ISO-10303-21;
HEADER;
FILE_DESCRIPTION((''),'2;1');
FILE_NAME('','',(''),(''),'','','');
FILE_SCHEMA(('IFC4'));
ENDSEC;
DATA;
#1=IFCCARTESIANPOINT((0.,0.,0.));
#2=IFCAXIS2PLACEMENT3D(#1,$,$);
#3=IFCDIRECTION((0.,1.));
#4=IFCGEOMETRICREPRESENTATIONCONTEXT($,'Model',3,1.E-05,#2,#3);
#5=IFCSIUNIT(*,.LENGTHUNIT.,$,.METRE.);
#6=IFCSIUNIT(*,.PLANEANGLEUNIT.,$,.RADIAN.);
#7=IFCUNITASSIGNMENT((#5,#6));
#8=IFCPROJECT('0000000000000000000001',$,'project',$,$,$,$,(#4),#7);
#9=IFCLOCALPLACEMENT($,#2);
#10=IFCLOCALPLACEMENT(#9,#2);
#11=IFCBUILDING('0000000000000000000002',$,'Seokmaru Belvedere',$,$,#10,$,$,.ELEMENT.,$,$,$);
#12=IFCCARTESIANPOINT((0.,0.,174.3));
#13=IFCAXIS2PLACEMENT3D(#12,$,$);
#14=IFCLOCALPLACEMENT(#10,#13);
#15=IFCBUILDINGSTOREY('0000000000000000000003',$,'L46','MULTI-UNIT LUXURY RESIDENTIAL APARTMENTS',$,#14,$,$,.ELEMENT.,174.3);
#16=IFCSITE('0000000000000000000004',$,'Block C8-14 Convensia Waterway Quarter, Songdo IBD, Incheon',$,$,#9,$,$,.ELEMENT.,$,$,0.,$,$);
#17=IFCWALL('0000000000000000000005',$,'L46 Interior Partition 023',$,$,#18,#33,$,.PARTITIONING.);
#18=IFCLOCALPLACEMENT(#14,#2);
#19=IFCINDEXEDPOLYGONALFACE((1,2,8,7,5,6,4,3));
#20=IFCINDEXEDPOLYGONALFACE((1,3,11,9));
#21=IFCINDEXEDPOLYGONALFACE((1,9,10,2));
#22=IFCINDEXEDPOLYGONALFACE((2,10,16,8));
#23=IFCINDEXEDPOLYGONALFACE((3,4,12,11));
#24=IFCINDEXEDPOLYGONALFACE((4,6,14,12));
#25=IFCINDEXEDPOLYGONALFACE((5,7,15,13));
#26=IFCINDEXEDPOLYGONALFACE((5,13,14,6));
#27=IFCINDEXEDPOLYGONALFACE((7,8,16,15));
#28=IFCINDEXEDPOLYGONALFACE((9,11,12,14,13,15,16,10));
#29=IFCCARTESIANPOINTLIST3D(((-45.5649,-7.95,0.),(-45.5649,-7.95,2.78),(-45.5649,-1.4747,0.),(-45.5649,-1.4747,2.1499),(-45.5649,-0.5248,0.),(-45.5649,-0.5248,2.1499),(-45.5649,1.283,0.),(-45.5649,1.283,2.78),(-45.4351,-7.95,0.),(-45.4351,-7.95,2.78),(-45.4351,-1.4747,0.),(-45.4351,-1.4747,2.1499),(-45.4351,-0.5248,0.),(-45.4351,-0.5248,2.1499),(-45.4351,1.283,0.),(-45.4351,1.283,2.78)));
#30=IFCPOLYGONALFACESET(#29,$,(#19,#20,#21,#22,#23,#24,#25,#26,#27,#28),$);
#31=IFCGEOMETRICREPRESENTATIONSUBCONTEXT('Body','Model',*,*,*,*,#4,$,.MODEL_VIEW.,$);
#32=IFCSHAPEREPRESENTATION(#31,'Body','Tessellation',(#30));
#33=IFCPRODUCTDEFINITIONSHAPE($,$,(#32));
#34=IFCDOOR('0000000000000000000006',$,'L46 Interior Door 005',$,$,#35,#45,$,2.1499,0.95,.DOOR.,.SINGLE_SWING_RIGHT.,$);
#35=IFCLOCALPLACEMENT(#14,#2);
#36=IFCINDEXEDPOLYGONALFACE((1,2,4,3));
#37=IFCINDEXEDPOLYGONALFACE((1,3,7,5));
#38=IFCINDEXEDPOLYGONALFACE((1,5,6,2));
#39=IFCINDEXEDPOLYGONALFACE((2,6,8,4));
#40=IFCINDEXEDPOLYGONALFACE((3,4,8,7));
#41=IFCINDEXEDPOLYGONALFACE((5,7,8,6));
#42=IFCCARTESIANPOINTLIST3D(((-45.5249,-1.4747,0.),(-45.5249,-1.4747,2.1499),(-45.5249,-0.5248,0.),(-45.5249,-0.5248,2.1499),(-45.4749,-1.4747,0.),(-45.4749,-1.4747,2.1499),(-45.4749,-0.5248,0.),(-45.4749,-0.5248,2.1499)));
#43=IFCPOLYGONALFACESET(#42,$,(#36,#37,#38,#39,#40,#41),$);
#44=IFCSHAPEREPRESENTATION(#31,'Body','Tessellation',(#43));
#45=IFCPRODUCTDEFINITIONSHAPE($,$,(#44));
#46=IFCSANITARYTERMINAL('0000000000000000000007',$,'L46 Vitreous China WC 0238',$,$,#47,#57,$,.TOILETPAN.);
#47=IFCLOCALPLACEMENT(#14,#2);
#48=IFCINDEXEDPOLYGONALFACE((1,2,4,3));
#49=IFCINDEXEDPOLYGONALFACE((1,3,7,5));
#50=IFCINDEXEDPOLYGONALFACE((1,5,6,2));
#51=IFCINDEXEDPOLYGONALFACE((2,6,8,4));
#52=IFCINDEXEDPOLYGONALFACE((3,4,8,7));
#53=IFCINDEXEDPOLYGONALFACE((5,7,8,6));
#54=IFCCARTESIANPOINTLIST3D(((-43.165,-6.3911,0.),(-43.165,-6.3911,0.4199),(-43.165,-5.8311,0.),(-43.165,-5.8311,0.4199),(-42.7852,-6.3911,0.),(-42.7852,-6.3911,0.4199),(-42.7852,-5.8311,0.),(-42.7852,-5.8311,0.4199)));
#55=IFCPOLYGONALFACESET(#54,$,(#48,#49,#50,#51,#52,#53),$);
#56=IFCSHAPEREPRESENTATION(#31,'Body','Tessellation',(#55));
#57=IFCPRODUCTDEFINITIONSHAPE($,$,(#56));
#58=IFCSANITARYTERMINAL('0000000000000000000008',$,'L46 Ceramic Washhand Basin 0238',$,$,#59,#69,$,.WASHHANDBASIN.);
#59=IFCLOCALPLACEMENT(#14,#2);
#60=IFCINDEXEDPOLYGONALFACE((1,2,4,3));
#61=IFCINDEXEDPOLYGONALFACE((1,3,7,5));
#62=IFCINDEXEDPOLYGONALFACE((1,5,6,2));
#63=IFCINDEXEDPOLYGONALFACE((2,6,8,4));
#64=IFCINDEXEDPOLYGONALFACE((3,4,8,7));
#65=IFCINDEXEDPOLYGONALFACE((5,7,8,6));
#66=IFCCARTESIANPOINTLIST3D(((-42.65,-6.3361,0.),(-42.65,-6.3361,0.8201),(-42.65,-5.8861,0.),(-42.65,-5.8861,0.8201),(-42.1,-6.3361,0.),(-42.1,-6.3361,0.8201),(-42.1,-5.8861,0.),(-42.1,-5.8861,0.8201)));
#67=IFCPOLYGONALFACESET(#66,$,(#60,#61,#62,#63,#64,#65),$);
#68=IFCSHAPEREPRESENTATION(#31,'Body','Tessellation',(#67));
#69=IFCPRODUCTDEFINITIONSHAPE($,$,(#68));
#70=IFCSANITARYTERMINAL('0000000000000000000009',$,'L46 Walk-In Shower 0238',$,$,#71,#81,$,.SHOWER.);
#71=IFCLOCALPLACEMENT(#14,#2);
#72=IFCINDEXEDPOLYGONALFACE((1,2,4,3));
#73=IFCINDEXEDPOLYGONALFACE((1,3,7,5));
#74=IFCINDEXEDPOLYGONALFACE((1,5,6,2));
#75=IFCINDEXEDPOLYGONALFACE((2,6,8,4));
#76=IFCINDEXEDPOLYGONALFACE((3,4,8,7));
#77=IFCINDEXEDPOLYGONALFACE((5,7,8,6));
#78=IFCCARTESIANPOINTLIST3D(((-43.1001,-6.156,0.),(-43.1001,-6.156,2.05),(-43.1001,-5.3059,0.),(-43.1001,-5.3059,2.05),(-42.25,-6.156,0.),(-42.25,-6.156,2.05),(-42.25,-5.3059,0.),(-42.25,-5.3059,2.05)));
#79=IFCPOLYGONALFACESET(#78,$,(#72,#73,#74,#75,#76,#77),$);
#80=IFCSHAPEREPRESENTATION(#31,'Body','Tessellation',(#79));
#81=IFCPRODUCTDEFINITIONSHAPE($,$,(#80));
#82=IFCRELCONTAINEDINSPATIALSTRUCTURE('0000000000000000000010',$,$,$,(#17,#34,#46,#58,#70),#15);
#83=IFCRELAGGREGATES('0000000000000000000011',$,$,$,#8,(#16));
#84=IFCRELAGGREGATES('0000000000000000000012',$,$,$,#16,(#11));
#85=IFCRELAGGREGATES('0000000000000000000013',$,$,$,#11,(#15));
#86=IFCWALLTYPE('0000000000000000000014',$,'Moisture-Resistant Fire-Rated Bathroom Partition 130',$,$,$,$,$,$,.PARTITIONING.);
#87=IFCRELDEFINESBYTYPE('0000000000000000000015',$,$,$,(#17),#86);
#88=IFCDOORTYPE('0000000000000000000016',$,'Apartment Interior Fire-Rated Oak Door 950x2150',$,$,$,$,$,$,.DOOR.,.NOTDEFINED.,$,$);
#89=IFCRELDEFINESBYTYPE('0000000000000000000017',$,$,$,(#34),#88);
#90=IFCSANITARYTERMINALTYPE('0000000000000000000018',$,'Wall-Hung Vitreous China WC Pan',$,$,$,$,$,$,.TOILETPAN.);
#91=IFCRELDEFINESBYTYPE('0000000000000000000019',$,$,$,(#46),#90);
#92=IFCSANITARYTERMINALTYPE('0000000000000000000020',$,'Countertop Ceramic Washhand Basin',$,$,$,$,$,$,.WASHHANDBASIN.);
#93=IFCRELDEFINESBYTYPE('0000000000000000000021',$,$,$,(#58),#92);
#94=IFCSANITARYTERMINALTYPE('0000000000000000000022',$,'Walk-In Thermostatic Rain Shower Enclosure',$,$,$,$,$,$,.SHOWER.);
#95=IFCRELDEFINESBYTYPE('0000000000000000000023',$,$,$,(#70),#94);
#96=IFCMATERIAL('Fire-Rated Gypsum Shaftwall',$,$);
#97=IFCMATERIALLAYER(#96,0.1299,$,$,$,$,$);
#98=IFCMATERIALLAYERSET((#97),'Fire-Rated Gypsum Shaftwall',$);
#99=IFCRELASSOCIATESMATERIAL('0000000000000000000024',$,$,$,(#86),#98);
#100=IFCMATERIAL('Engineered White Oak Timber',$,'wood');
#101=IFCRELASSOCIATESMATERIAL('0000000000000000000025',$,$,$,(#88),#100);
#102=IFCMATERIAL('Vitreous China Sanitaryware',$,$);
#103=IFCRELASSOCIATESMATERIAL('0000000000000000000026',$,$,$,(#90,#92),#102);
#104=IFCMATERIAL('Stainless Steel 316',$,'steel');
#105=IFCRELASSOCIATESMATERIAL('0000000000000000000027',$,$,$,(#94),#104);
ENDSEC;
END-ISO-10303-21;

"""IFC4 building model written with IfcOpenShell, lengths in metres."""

from ifc_helpers import new_model, si_unit, direction, frame, frame_2d, origin, origin_2d, place, context, subcontext, project, spatial, rectangle, extrude, source, transform, mapped, material, layer, layer_set, type_object, type_shapes, element, fill, save


model = new_model("IFC4")

# Units and contexts
model_context = context("Model", 3, precision=1e-05, world=origin(), true_north=direction((0.0, 1.0)))
body_context = subcontext(model_context, "Body", "Model", "MODEL_VIEW")
ifc_project = project(units=[si_unit("LENGTHUNIT", "METRE"), si_unit("PLANEANGLEUNIT", "RADIAN")], contexts=[model_context])

# Site, building, storey
site_placement = place(None, origin())
site = spatial("IfcSite", under=ifc_project, at=site_placement, Name="Block C8-14 Convensia Waterway Quarter, Songdo IBD, Incheon", CompositionType="ELEMENT", RefElevation=0.0)
building_placement = place(site_placement, origin())
building = spatial("IfcBuilding", under=site, at=building_placement, Name="Seokmaru Belvedere", CompositionType="ELEMENT")
storey_placement = place(building_placement, frame((0.0, 0.0, 174.3)))
storey = spatial("IfcBuildingStorey", under=building, at=storey_placement, Name="L46", Description="MULTI-UNIT LUXURY RESIDENTIAL APARTMENTS", CompositionType="ELEMENT", Elevation=174.3)

# Shared definitions
ifc_material_1 = material(Name="Fire-Rated Gypsum Shaftwall")

# Wall, opening, door
ifc_layer_1 = layer(ifc_material_1, 0.1299)
ifc_layer_set_1 = layer_set([ifc_layer_1], Name="Fire-Rated Gypsum Shaftwall")
wall_type_1 = type_object("IfcWallType", Name="Moisture-Resistant Fire-Rated Bathroom Partition 130", PredefinedType="PARTITIONING", material=ifc_layer_set_1)
ifc_material_2 = material(Name="Engineered White Oak Timber", Category="wood")
wall_1_placement = place(storey_placement, frame((-45.5, -7.95, 0.0), z_axis=(0.0, 0.0, 1.0), x_axis=(0.0, 1.0, 0.0)))
wall_1 = element("IfcWall", 1, at=wall_1_placement, inside=storey, type_object=wall_type_1, Name="L46 Interior Partition 023", PredefinedType="PARTITIONING", context=body_context, shape_type="SweptSolid", body=[
    extrude(rectangle(XDim=9.2329, YDim=0.1299, at=frame_2d((4.6165, 0.0))), origin(), (0.0, 0.0, 1.0), 2.78),
])
opening_1_placement = place(wall_1_placement, frame((6.4751, 0.0, 0.0)))
opening_1 = element("IfcOpeningElement", 2, at=opening_1_placement, cuts=wall_1, PredefinedType="OPENING", context=body_context, shape_type="SweptSolid", body=[
    extrude(rectangle(XDim=0.95, YDim=2.1499, at=frame_2d((0.4751, 1.075))), frame((0.0, 0.075, 0.0), z_axis=(0.0, -1.0, 0.0), x_axis=(1.0, 0.0, 0.0)), (0.0, 0.0, 1.0), 0.1499),
])
door_type_1 = type_object("IfcDoorType", Name="Apartment Interior Fire-Rated Oak Door 950x2150", OperationType="NOTDEFINED", PredefinedType="DOOR", material=ifc_material_2)
shared_shape_1 = source(origin(), body_context, "Body", "SweptSolid", [
    extrude(rectangle(XDim=0.95, YDim=2.1499, at=frame_2d((0.4751, 1.075))), frame((0.0, 0.0249, 0.0), z_axis=(0.0, -1.0, 0.0), x_axis=(1.0, 0.0, 0.0)), (0.0, 0.0, 1.0), 0.05),
])
type_shapes(door_type_1, [shared_shape_1])
door_1_placement = place(opening_1_placement, origin())
door_1 = element("IfcDoor", 3, at=door_1_placement, inside=storey, type_object=door_type_1, Name="L46 Interior Door 005", OperationType="SINGLE_SWING_RIGHT", OverallHeight=2.1499, OverallWidth=0.95, PredefinedType="DOOR", context=body_context, shape_type="MappedRepresentation", body=[
    mapped(shared_shape_1, transform((0.0, 0.0, 0.0), scale=1.0)),
])
fill(opening_1, door_1)

# Sanitary terminals
ifc_material_3 = material(Name="Vitreous China Sanitaryware")
sanitary_terminal_type_1 = type_object("IfcSanitaryTerminalType", Name="Wall-Hung Vitreous China WC Pan", PredefinedType="TOILETPAN", material=ifc_material_3)
shared_shape_2 = source(origin(), body_context, "Body", "SweptSolid", [
    extrude(rectangle(XDim=0.3799, YDim=0.5601, at=origin_2d()), origin(), (0.0, 0.0, 1.0), 0.4199),
])
type_shapes(sanitary_terminal_type_1, [shared_shape_2])
sanitary_terminal_1_placement = place(storey_placement, frame((-42.9751, -6.1111, 0.0), z_axis=(0.0, 0.0, 1.0), x_axis=(1.0, 0.0, 0.0)))
element("IfcSanitaryTerminal", 4, at=sanitary_terminal_1_placement, inside=storey, type_object=sanitary_terminal_type_1, Name="L46 Vitreous China WC 0238", PredefinedType="TOILETPAN", context=body_context, shape_type="MappedRepresentation", body=[
    mapped(shared_shape_2, transform((0.0, 0.0, 0.0), scale=1.0)),
])
sanitary_terminal_type_2 = type_object("IfcSanitaryTerminalType", Name="Countertop Ceramic Washhand Basin", PredefinedType="WASHHANDBASIN", material=ifc_material_3)
shared_shape_3 = source(origin(), body_context, "Body", "SweptSolid", [
    extrude(rectangle(XDim=0.55, YDim=0.45, at=origin_2d()), origin(), (0.0, 0.0, 1.0), 0.8201),
])
type_shapes(sanitary_terminal_type_2, [shared_shape_3])
sanitary_terminal_2_placement = place(storey_placement, frame((-42.375, -6.1111, 0.0), z_axis=(0.0, 0.0, 1.0), x_axis=(1.0, 0.0, 0.0)))
element("IfcSanitaryTerminal", 5, at=sanitary_terminal_2_placement, inside=storey, type_object=sanitary_terminal_type_2, Name="L46 Ceramic Washhand Basin 0238", PredefinedType="WASHHANDBASIN", context=body_context, shape_type="MappedRepresentation", body=[
    mapped(shared_shape_3, transform((0.0, 0.0, 0.0), scale=1.0)),
])
ifc_material_4 = material(Name="Stainless Steel 316", Category="steel")
sanitary_terminal_type_3 = type_object("IfcSanitaryTerminalType", Name="Walk-In Thermostatic Rain Shower Enclosure", PredefinedType="SHOWER", material=ifc_material_4)
shared_shape_4 = source(origin(), body_context, "Body", "SweptSolid", [
    extrude(rectangle(XDim=0.8501, YDim=0.8501, at=origin_2d()), origin(), (0.0, 0.0, 1.0), 2.05),
])
type_shapes(sanitary_terminal_type_3, [shared_shape_4])
sanitary_terminal_3_placement = place(storey_placement, frame((-42.675, -5.731, 0.0), z_axis=(0.0, 0.0, 1.0), x_axis=(1.0, 0.0, 0.0)))
element("IfcSanitaryTerminal", 6, at=sanitary_terminal_3_placement, inside=storey, type_object=sanitary_terminal_type_3, Name="L46 Walk-In Shower 0238", PredefinedType="SHOWER", context=body_context, shape_type="MappedRepresentation", body=[
    mapped(shared_shape_4, transform((0.0, 0.0, 0.0), scale=1.0)),
])

save(model, "model.ifc")
